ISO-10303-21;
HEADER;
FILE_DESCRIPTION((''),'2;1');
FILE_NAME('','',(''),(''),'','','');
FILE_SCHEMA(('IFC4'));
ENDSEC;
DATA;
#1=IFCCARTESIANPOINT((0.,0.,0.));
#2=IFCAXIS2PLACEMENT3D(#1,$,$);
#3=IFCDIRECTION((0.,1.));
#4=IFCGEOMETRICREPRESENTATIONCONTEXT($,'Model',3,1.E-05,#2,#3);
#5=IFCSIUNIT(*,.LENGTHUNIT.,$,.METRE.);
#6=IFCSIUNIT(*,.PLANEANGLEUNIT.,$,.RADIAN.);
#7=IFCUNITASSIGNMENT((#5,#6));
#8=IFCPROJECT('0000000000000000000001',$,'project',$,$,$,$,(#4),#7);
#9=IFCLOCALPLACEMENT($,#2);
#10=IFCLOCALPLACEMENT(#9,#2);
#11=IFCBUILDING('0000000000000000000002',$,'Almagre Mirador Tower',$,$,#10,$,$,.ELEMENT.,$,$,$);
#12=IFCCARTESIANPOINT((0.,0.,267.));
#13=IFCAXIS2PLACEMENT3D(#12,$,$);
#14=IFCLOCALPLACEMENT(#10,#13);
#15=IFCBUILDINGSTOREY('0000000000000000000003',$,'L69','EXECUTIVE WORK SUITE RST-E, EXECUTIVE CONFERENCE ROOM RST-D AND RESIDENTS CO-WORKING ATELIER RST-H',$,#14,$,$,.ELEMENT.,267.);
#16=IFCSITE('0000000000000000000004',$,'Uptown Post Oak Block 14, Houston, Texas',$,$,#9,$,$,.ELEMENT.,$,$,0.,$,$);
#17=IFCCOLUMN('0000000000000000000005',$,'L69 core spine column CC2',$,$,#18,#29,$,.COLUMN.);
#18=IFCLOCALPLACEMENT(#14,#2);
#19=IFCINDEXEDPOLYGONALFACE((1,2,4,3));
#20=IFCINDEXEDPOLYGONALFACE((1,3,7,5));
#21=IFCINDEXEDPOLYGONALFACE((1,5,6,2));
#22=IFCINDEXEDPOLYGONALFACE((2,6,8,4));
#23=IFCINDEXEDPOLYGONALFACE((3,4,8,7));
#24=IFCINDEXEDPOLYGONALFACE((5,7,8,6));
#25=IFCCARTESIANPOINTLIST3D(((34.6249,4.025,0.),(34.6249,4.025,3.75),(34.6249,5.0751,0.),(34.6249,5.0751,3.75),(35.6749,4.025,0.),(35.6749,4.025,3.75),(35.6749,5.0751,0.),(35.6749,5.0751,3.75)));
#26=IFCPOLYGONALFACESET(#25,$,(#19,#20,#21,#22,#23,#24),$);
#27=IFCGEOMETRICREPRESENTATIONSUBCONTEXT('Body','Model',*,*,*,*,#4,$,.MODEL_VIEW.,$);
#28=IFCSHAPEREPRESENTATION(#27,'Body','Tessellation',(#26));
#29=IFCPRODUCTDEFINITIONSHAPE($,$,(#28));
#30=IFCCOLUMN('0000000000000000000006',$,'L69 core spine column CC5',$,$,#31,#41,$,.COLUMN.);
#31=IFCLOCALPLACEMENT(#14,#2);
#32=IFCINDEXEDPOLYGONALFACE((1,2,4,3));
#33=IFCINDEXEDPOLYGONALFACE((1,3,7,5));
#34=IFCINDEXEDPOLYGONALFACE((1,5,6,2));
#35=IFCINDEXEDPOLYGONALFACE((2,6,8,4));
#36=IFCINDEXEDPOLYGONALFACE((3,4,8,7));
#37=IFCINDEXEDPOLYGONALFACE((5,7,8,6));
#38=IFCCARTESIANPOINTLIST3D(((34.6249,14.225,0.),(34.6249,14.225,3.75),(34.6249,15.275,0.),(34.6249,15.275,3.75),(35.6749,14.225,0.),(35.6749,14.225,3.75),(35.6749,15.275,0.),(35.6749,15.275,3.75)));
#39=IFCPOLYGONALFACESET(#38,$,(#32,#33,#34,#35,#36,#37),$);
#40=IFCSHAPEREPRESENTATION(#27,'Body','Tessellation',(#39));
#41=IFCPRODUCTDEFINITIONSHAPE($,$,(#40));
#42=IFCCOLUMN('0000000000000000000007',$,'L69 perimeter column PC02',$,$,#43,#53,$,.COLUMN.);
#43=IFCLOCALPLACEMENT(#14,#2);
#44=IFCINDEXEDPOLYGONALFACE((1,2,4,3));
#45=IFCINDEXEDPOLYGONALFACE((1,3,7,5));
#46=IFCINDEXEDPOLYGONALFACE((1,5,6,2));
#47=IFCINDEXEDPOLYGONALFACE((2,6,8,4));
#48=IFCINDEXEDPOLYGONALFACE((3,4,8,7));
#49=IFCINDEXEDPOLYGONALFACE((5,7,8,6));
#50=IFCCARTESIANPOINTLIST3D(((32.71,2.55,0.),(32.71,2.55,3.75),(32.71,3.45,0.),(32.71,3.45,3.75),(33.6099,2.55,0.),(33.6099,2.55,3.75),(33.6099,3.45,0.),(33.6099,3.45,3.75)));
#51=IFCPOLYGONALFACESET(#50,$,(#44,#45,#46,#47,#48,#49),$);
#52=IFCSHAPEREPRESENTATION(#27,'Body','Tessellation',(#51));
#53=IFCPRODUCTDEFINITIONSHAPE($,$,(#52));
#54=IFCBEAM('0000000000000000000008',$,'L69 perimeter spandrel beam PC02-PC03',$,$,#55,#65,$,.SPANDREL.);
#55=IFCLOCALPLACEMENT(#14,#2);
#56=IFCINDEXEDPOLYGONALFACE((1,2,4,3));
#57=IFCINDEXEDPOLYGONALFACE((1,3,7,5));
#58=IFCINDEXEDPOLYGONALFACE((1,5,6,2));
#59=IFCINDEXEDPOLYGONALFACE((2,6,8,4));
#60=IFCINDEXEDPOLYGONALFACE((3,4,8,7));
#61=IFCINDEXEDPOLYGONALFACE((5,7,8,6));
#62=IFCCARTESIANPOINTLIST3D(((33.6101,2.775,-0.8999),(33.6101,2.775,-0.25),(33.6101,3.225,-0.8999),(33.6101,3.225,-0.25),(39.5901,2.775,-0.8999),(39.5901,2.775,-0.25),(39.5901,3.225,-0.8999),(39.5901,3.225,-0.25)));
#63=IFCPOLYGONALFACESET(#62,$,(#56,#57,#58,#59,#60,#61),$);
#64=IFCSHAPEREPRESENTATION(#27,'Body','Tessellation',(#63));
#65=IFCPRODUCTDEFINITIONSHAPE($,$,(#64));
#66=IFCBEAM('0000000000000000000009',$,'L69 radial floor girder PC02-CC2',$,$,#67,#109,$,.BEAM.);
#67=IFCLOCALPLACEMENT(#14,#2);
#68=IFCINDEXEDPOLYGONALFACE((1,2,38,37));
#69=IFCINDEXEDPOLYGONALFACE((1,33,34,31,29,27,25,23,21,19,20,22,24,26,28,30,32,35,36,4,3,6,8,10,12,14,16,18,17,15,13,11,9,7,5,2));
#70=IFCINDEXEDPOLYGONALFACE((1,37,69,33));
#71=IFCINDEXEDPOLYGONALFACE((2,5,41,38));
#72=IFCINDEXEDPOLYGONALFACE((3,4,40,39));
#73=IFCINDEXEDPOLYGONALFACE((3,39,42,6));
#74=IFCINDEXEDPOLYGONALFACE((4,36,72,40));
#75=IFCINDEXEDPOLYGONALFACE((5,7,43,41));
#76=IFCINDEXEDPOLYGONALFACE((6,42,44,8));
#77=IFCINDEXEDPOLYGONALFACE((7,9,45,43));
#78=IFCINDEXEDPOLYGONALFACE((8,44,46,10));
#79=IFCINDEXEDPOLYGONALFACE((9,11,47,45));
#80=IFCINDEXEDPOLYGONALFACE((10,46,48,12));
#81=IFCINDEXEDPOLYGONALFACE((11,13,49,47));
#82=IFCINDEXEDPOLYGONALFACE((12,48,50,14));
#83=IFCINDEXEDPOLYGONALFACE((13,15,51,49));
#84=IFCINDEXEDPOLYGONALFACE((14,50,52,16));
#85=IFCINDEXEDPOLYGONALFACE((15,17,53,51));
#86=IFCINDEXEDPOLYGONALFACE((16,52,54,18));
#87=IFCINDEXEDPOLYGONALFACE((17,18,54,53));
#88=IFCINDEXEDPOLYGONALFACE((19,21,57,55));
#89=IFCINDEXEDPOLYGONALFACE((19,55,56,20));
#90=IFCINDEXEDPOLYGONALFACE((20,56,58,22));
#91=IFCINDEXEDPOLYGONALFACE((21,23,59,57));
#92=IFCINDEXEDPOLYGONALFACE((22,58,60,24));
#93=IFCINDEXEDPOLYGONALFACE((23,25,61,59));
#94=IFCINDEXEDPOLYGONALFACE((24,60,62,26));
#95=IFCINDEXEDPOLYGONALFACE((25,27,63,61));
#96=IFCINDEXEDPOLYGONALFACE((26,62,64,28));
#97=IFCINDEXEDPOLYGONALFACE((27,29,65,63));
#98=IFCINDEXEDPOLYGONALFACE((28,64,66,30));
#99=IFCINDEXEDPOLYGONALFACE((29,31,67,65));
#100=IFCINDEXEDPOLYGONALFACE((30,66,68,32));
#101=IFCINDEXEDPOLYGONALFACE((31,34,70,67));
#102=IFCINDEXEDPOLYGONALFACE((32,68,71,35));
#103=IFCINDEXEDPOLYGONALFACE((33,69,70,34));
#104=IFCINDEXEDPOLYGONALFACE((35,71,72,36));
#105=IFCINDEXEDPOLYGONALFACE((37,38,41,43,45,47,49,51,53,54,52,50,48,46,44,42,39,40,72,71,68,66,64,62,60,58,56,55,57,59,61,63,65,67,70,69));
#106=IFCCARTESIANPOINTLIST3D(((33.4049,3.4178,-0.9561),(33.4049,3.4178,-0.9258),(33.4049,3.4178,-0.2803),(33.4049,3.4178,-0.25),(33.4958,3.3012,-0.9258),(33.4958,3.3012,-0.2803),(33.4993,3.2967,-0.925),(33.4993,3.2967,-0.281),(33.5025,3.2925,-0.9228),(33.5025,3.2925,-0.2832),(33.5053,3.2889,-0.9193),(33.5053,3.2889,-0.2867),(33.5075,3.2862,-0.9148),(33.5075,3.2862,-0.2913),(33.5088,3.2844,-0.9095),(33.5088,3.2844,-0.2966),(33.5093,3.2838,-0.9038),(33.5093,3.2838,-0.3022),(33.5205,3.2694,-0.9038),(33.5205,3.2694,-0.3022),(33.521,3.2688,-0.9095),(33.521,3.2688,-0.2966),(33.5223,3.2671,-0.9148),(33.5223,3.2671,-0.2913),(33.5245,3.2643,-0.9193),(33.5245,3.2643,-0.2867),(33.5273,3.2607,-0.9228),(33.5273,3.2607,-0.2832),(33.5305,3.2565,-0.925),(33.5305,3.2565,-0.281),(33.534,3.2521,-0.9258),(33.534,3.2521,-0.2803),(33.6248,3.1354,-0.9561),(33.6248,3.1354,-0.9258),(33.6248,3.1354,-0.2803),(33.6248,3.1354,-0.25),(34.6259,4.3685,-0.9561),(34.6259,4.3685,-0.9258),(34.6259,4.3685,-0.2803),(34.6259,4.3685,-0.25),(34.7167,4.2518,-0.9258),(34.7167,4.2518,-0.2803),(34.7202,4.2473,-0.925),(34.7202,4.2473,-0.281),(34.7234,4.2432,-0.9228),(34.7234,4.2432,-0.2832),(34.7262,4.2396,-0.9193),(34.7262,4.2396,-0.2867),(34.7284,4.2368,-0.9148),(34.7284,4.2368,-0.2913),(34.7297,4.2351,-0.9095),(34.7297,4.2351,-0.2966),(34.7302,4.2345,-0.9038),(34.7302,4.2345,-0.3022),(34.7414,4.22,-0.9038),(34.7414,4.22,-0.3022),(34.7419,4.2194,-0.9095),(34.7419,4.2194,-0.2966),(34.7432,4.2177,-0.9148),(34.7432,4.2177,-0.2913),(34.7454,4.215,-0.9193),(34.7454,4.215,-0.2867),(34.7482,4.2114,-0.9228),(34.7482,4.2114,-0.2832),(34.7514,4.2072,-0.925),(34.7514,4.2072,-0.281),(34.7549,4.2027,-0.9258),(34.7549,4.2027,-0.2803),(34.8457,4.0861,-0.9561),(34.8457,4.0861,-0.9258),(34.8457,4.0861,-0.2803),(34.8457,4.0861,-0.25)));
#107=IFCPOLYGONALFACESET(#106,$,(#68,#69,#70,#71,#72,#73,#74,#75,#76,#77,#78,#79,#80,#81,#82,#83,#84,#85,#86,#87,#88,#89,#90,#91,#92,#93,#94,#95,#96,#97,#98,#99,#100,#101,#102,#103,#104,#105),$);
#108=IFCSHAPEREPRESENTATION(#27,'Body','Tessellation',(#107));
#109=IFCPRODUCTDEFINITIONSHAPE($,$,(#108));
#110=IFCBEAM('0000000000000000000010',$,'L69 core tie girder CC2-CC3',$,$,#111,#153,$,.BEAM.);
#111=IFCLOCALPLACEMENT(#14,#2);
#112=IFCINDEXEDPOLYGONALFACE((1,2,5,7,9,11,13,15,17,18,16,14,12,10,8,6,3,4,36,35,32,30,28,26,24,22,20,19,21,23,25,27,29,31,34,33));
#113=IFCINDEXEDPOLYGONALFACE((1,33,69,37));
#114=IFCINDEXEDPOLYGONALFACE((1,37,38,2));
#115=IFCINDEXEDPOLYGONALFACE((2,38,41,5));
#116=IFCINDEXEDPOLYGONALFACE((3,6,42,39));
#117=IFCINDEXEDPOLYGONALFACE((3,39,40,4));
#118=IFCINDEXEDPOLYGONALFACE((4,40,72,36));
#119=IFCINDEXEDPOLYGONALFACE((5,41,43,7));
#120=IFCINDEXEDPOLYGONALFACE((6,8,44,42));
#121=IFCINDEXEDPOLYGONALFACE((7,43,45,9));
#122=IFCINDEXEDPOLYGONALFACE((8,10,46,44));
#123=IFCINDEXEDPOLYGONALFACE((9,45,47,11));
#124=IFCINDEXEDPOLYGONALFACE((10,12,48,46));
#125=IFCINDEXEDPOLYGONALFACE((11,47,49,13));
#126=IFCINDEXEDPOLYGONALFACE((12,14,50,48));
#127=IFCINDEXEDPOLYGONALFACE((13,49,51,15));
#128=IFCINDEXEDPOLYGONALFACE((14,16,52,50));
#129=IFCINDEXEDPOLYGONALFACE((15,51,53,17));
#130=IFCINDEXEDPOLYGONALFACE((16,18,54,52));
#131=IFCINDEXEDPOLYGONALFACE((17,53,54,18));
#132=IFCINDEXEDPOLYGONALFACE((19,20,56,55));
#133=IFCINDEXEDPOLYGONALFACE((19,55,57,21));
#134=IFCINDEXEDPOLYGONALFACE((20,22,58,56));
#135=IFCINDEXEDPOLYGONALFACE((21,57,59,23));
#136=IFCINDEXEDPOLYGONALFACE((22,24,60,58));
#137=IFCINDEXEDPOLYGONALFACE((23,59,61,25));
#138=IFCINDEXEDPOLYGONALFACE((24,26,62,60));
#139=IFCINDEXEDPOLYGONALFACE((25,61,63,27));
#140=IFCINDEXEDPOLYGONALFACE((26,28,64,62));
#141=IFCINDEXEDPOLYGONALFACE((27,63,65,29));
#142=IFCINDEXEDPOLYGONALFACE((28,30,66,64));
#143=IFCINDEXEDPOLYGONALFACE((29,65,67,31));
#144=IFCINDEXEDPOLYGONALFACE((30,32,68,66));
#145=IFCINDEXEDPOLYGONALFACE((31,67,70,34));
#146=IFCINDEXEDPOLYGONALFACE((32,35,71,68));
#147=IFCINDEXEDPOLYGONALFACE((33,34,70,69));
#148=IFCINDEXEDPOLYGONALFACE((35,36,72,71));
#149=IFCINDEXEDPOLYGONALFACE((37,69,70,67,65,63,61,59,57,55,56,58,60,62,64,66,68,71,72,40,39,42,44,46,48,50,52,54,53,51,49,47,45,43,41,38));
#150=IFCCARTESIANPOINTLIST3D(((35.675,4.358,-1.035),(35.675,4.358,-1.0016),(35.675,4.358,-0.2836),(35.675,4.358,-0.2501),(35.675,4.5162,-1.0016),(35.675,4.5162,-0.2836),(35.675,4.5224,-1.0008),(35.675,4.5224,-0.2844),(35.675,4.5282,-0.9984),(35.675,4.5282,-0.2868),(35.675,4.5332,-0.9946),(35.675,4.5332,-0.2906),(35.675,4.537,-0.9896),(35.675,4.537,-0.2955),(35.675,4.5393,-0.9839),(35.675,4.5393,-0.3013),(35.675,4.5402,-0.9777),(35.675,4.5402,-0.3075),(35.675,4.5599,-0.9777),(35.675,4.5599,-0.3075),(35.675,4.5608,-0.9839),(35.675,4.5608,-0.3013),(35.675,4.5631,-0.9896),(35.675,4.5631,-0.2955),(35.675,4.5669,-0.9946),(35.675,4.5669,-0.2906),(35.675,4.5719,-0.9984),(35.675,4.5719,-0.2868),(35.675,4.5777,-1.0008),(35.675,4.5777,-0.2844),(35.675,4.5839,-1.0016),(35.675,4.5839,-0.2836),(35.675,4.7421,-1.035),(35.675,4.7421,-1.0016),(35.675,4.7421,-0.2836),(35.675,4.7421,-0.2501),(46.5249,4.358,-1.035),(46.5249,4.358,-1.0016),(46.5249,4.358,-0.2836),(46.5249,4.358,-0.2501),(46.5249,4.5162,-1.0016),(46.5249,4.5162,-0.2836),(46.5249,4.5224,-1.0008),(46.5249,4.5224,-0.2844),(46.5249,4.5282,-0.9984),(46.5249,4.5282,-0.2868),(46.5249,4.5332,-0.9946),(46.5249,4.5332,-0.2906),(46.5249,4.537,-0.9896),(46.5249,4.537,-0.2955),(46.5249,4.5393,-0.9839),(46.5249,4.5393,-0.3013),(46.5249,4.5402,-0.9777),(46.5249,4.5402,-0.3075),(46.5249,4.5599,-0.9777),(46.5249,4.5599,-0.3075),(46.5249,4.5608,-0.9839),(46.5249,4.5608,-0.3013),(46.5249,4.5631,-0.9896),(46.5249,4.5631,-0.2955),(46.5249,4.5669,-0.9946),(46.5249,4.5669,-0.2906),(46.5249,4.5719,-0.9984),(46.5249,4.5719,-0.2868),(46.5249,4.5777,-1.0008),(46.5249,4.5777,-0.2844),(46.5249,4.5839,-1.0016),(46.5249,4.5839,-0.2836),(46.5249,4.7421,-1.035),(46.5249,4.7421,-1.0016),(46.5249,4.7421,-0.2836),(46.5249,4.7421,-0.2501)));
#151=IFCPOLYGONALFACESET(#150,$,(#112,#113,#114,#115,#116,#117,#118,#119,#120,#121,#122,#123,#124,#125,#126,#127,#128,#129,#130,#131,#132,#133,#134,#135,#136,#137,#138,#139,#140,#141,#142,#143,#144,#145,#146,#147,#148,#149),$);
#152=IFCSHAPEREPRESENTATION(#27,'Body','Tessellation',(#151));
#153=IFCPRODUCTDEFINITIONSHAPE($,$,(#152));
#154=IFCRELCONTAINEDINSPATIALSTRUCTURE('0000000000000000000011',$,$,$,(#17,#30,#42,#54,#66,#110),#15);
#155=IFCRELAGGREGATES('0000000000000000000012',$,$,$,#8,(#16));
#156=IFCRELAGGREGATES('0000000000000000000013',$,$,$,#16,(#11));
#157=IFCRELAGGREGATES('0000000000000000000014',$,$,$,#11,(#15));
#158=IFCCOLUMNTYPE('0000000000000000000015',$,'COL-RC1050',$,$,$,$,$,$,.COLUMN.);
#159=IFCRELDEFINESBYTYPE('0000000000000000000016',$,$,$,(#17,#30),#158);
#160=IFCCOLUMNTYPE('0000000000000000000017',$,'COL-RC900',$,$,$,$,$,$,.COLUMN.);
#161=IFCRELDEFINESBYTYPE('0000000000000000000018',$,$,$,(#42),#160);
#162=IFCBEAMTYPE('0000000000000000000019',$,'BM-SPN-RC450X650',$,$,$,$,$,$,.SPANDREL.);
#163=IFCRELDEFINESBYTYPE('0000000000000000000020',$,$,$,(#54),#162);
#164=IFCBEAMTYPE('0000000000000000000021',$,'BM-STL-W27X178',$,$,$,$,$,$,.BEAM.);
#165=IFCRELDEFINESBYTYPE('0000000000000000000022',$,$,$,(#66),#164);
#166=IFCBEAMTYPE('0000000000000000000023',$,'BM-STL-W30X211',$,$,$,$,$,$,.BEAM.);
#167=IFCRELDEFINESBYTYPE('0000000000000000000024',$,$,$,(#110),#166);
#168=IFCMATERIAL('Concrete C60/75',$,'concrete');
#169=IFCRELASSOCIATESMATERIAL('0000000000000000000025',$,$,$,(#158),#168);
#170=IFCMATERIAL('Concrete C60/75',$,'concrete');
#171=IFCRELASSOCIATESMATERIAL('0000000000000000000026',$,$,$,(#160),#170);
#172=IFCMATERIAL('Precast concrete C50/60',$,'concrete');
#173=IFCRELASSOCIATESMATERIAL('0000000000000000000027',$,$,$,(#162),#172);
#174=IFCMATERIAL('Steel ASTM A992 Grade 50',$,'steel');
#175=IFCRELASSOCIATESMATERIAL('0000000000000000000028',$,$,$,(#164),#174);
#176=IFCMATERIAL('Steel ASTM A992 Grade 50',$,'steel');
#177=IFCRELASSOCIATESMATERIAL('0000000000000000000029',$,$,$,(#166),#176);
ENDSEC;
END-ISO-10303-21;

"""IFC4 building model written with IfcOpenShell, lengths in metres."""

from ifc_helpers import new_model, si_unit, direction, frame, origin, origin_2d, place, context, subcontext, project, spatial, rectangle, i_section, extrude, material, material_profile, profile_set, type_object, element, save


model = new_model("IFC4")

# Units and contexts
model_context = context("Model", 3, precision=1e-05, world=origin(), true_north=direction((0.0, 1.0)))
body_context = subcontext(model_context, "Body", "Model", "MODEL_VIEW")
ifc_project = project(units=[si_unit("LENGTHUNIT", "METRE"), si_unit("PLANEANGLEUNIT", "RADIAN")], contexts=[model_context])

# Site, building, storey
site_placement = place(None, origin())
site = spatial("IfcSite", under=ifc_project, at=site_placement, Name="Uptown Post Oak Block 14, Houston, Texas", CompositionType="ELEMENT", RefElevation=0.0)
building_placement = place(site_placement, origin())
building = spatial("IfcBuilding", under=site, at=building_placement, Name="Almagre Mirador Tower", CompositionType="ELEMENT")
storey_placement = place(building_placement, frame((0.0, 0.0, 267.0)))
storey = spatial("IfcBuildingStorey", under=building, at=storey_placement, Name="L69", Description="EXECUTIVE WORK SUITE RST-E, EXECUTIVE CONFERENCE ROOM RST-D AND RESIDENTS CO-WORKING ATELIER RST-H", CompositionType="ELEMENT", Elevation=267.0)

# Columns
ifc_material_1 = material(Name="Concrete C60/75", Category="concrete")
ifc_material_profile_1 = material_profile(ifc_material_1, rectangle(XDim=1.05, YDim=1.05, at=origin_2d()), Name="RC1050X1050")
ifc_profile_set_1 = profile_set([ifc_material_profile_1], Name="Concrete C60/75")
column_type_1 = type_object("IfcColumnType", Name="COL-RC1050", PredefinedType="COLUMN", material=ifc_profile_set_1)
for number, where, z_axis, x_axis, name in (
    (1, (35.1499, 4.55, 0.0), (0.0, 0.0, 1.0), (1.0, 0.0, 0.0), "L69 core spine column CC2"),
    (2, (35.1499, 14.75, 0.0), (0.0, 0.0, 1.0), (1.0, 0.0, 0.0), "L69 core spine column CC5"),
):
    element("IfcColumn", number, at=place(storey_placement, frame(where, z_axis=z_axis, x_axis=x_axis)), inside=storey, type_object=column_type_1, Name=name, PredefinedType="COLUMN", context=body_context, shape_type="SweptSolid", body=[
        extrude(rectangle(XDim=1.05, YDim=1.05, at=origin_2d()), origin(), (0.0, 0.0, 1.0), 3.75),
    ])
ifc_material_2 = material(Name="Concrete C60/75", Category="concrete")
ifc_material_profile_2 = material_profile(ifc_material_2, rectangle(XDim=0.8999, YDim=0.8999, at=origin_2d()), Name="RC900X900")
ifc_profile_set_2 = profile_set([ifc_material_profile_2], Name="Concrete C60/75")
column_type_2 = type_object("IfcColumnType", Name="COL-RC900", PredefinedType="COLUMN", material=ifc_profile_set_2)
column_placement = place(storey_placement, frame((33.1599, 3.0, 0.0), z_axis=(0.0, 0.0, 1.0), x_axis=(1.0, 0.0, 0.0)))
element("IfcColumn", 3, at=column_placement, inside=storey, type_object=column_type_2, Name="L69 perimeter column PC02", PredefinedType="COLUMN", context=body_context, shape_type="SweptSolid", body=[
    extrude(rectangle(XDim=0.8999, YDim=0.8999, at=origin_2d()), origin(), (0.0, 0.0, 1.0), 3.75),
])

# Beams
ifc_material_3 = material(Name="Precast concrete C50/60", Category="concrete")
ifc_material_profile_3 = material_profile(ifc_material_3, rectangle(XDim=0.45, YDim=0.6499, at=origin_2d()), Name="RC450X650")
ifc_profile_set_3 = profile_set([ifc_material_profile_3], Name="Precast concrete C50/60")
beam_type_1 = type_object("IfcBeamType", Name="BM-SPN-RC450X650", PredefinedType="SPANDREL", material=ifc_profile_set_3)
beam_1_placement = place(storey_placement, frame((33.6101, 3.0, -0.575), z_axis=(1.0, 0.0, 0.0), x_axis=(0.0, 1.0, 0.0)))
element("IfcBeam", 4, at=beam_1_placement, inside=storey, type_object=beam_type_1, Name="L69 perimeter spandrel beam PC02-PC03", PredefinedType="SPANDREL", context=body_context, shape_type="SweptSolid", body=[
    extrude(rectangle(XDim=0.45, YDim=0.6499, at=origin_2d()), origin(), (0.0, 0.0, 1.0), 5.98),
])
ifc_material_4 = material(Name="Steel ASTM A992 Grade 50", Category="steel")
ifc_material_profile_4 = material_profile(ifc_material_4, i_section(OverallWidth=0.3579, OverallDepth=0.7061, WebThickness=0.0183, FlangeThickness=0.0303, FilletRadius=0.022, at=origin_2d()), Name="W27X178")
ifc_profile_set_4 = profile_set([ifc_material_profile_4], Name="Steel ASTM A992 Grade 50")
beam_type_2 = type_object("IfcBeamType", Name="BM-STL-W27X178", PredefinedType="BEAM", material=ifc_profile_set_4)
beam_2_placement = place(storey_placement, frame((33.5149, 3.2766, -0.603), z_axis=(0.789021, 0.614367, 0.0), x_axis=(-0.614367, 0.789021, 0.0)))
element("IfcBeam", 5, at=beam_2_placement, inside=storey, type_object=beam_type_2, Name="L69 radial floor girder PC02-CC2", PredefinedType="BEAM", context=body_context, shape_type="SweptSolid", body=[
    extrude(i_section(OverallWidth=0.3579, OverallDepth=0.7061, WebThickness=0.0183, FlangeThickness=0.0303, FilletRadius=0.022, at=origin_2d()), origin(), (0.0, 0.0, 1.0), 1.5474),
])
ifc_material_5 = material(Name="Steel ASTM A992 Grade 50", Category="steel")
ifc_material_profile_5 = material_profile(ifc_material_5, i_section(OverallWidth=0.384, OverallDepth=0.7849, WebThickness=0.0198, FlangeThickness=0.0334, FilletRadius=0.0239, at=origin_2d()), Name="W30X211")
ifc_profile_set_5 = profile_set([ifc_material_profile_5], Name="Steel ASTM A992 Grade 50")
beam_type_3 = type_object("IfcBeamType", Name="BM-STL-W30X211", PredefinedType="BEAM", material=ifc_profile_set_5)
beam_3_placement = place(storey_placement, frame((35.675, 4.55, -0.6426), z_axis=(1.0, 0.0, 0.0), x_axis=(0.0, 1.0, 0.0)))
element("IfcBeam", 6, at=beam_3_placement, inside=storey, type_object=beam_type_3, Name="L69 core tie girder CC2-CC3", PredefinedType="BEAM", context=body_context, shape_type="SweptSolid", body=[
    extrude(i_section(OverallWidth=0.384, OverallDepth=0.7849, WebThickness=0.0198, FlangeThickness=0.0334, FilletRadius=0.0239, at=origin_2d()), origin(), (0.0, 0.0, 1.0), 10.8499),
])

save(model, "model.ifc")
